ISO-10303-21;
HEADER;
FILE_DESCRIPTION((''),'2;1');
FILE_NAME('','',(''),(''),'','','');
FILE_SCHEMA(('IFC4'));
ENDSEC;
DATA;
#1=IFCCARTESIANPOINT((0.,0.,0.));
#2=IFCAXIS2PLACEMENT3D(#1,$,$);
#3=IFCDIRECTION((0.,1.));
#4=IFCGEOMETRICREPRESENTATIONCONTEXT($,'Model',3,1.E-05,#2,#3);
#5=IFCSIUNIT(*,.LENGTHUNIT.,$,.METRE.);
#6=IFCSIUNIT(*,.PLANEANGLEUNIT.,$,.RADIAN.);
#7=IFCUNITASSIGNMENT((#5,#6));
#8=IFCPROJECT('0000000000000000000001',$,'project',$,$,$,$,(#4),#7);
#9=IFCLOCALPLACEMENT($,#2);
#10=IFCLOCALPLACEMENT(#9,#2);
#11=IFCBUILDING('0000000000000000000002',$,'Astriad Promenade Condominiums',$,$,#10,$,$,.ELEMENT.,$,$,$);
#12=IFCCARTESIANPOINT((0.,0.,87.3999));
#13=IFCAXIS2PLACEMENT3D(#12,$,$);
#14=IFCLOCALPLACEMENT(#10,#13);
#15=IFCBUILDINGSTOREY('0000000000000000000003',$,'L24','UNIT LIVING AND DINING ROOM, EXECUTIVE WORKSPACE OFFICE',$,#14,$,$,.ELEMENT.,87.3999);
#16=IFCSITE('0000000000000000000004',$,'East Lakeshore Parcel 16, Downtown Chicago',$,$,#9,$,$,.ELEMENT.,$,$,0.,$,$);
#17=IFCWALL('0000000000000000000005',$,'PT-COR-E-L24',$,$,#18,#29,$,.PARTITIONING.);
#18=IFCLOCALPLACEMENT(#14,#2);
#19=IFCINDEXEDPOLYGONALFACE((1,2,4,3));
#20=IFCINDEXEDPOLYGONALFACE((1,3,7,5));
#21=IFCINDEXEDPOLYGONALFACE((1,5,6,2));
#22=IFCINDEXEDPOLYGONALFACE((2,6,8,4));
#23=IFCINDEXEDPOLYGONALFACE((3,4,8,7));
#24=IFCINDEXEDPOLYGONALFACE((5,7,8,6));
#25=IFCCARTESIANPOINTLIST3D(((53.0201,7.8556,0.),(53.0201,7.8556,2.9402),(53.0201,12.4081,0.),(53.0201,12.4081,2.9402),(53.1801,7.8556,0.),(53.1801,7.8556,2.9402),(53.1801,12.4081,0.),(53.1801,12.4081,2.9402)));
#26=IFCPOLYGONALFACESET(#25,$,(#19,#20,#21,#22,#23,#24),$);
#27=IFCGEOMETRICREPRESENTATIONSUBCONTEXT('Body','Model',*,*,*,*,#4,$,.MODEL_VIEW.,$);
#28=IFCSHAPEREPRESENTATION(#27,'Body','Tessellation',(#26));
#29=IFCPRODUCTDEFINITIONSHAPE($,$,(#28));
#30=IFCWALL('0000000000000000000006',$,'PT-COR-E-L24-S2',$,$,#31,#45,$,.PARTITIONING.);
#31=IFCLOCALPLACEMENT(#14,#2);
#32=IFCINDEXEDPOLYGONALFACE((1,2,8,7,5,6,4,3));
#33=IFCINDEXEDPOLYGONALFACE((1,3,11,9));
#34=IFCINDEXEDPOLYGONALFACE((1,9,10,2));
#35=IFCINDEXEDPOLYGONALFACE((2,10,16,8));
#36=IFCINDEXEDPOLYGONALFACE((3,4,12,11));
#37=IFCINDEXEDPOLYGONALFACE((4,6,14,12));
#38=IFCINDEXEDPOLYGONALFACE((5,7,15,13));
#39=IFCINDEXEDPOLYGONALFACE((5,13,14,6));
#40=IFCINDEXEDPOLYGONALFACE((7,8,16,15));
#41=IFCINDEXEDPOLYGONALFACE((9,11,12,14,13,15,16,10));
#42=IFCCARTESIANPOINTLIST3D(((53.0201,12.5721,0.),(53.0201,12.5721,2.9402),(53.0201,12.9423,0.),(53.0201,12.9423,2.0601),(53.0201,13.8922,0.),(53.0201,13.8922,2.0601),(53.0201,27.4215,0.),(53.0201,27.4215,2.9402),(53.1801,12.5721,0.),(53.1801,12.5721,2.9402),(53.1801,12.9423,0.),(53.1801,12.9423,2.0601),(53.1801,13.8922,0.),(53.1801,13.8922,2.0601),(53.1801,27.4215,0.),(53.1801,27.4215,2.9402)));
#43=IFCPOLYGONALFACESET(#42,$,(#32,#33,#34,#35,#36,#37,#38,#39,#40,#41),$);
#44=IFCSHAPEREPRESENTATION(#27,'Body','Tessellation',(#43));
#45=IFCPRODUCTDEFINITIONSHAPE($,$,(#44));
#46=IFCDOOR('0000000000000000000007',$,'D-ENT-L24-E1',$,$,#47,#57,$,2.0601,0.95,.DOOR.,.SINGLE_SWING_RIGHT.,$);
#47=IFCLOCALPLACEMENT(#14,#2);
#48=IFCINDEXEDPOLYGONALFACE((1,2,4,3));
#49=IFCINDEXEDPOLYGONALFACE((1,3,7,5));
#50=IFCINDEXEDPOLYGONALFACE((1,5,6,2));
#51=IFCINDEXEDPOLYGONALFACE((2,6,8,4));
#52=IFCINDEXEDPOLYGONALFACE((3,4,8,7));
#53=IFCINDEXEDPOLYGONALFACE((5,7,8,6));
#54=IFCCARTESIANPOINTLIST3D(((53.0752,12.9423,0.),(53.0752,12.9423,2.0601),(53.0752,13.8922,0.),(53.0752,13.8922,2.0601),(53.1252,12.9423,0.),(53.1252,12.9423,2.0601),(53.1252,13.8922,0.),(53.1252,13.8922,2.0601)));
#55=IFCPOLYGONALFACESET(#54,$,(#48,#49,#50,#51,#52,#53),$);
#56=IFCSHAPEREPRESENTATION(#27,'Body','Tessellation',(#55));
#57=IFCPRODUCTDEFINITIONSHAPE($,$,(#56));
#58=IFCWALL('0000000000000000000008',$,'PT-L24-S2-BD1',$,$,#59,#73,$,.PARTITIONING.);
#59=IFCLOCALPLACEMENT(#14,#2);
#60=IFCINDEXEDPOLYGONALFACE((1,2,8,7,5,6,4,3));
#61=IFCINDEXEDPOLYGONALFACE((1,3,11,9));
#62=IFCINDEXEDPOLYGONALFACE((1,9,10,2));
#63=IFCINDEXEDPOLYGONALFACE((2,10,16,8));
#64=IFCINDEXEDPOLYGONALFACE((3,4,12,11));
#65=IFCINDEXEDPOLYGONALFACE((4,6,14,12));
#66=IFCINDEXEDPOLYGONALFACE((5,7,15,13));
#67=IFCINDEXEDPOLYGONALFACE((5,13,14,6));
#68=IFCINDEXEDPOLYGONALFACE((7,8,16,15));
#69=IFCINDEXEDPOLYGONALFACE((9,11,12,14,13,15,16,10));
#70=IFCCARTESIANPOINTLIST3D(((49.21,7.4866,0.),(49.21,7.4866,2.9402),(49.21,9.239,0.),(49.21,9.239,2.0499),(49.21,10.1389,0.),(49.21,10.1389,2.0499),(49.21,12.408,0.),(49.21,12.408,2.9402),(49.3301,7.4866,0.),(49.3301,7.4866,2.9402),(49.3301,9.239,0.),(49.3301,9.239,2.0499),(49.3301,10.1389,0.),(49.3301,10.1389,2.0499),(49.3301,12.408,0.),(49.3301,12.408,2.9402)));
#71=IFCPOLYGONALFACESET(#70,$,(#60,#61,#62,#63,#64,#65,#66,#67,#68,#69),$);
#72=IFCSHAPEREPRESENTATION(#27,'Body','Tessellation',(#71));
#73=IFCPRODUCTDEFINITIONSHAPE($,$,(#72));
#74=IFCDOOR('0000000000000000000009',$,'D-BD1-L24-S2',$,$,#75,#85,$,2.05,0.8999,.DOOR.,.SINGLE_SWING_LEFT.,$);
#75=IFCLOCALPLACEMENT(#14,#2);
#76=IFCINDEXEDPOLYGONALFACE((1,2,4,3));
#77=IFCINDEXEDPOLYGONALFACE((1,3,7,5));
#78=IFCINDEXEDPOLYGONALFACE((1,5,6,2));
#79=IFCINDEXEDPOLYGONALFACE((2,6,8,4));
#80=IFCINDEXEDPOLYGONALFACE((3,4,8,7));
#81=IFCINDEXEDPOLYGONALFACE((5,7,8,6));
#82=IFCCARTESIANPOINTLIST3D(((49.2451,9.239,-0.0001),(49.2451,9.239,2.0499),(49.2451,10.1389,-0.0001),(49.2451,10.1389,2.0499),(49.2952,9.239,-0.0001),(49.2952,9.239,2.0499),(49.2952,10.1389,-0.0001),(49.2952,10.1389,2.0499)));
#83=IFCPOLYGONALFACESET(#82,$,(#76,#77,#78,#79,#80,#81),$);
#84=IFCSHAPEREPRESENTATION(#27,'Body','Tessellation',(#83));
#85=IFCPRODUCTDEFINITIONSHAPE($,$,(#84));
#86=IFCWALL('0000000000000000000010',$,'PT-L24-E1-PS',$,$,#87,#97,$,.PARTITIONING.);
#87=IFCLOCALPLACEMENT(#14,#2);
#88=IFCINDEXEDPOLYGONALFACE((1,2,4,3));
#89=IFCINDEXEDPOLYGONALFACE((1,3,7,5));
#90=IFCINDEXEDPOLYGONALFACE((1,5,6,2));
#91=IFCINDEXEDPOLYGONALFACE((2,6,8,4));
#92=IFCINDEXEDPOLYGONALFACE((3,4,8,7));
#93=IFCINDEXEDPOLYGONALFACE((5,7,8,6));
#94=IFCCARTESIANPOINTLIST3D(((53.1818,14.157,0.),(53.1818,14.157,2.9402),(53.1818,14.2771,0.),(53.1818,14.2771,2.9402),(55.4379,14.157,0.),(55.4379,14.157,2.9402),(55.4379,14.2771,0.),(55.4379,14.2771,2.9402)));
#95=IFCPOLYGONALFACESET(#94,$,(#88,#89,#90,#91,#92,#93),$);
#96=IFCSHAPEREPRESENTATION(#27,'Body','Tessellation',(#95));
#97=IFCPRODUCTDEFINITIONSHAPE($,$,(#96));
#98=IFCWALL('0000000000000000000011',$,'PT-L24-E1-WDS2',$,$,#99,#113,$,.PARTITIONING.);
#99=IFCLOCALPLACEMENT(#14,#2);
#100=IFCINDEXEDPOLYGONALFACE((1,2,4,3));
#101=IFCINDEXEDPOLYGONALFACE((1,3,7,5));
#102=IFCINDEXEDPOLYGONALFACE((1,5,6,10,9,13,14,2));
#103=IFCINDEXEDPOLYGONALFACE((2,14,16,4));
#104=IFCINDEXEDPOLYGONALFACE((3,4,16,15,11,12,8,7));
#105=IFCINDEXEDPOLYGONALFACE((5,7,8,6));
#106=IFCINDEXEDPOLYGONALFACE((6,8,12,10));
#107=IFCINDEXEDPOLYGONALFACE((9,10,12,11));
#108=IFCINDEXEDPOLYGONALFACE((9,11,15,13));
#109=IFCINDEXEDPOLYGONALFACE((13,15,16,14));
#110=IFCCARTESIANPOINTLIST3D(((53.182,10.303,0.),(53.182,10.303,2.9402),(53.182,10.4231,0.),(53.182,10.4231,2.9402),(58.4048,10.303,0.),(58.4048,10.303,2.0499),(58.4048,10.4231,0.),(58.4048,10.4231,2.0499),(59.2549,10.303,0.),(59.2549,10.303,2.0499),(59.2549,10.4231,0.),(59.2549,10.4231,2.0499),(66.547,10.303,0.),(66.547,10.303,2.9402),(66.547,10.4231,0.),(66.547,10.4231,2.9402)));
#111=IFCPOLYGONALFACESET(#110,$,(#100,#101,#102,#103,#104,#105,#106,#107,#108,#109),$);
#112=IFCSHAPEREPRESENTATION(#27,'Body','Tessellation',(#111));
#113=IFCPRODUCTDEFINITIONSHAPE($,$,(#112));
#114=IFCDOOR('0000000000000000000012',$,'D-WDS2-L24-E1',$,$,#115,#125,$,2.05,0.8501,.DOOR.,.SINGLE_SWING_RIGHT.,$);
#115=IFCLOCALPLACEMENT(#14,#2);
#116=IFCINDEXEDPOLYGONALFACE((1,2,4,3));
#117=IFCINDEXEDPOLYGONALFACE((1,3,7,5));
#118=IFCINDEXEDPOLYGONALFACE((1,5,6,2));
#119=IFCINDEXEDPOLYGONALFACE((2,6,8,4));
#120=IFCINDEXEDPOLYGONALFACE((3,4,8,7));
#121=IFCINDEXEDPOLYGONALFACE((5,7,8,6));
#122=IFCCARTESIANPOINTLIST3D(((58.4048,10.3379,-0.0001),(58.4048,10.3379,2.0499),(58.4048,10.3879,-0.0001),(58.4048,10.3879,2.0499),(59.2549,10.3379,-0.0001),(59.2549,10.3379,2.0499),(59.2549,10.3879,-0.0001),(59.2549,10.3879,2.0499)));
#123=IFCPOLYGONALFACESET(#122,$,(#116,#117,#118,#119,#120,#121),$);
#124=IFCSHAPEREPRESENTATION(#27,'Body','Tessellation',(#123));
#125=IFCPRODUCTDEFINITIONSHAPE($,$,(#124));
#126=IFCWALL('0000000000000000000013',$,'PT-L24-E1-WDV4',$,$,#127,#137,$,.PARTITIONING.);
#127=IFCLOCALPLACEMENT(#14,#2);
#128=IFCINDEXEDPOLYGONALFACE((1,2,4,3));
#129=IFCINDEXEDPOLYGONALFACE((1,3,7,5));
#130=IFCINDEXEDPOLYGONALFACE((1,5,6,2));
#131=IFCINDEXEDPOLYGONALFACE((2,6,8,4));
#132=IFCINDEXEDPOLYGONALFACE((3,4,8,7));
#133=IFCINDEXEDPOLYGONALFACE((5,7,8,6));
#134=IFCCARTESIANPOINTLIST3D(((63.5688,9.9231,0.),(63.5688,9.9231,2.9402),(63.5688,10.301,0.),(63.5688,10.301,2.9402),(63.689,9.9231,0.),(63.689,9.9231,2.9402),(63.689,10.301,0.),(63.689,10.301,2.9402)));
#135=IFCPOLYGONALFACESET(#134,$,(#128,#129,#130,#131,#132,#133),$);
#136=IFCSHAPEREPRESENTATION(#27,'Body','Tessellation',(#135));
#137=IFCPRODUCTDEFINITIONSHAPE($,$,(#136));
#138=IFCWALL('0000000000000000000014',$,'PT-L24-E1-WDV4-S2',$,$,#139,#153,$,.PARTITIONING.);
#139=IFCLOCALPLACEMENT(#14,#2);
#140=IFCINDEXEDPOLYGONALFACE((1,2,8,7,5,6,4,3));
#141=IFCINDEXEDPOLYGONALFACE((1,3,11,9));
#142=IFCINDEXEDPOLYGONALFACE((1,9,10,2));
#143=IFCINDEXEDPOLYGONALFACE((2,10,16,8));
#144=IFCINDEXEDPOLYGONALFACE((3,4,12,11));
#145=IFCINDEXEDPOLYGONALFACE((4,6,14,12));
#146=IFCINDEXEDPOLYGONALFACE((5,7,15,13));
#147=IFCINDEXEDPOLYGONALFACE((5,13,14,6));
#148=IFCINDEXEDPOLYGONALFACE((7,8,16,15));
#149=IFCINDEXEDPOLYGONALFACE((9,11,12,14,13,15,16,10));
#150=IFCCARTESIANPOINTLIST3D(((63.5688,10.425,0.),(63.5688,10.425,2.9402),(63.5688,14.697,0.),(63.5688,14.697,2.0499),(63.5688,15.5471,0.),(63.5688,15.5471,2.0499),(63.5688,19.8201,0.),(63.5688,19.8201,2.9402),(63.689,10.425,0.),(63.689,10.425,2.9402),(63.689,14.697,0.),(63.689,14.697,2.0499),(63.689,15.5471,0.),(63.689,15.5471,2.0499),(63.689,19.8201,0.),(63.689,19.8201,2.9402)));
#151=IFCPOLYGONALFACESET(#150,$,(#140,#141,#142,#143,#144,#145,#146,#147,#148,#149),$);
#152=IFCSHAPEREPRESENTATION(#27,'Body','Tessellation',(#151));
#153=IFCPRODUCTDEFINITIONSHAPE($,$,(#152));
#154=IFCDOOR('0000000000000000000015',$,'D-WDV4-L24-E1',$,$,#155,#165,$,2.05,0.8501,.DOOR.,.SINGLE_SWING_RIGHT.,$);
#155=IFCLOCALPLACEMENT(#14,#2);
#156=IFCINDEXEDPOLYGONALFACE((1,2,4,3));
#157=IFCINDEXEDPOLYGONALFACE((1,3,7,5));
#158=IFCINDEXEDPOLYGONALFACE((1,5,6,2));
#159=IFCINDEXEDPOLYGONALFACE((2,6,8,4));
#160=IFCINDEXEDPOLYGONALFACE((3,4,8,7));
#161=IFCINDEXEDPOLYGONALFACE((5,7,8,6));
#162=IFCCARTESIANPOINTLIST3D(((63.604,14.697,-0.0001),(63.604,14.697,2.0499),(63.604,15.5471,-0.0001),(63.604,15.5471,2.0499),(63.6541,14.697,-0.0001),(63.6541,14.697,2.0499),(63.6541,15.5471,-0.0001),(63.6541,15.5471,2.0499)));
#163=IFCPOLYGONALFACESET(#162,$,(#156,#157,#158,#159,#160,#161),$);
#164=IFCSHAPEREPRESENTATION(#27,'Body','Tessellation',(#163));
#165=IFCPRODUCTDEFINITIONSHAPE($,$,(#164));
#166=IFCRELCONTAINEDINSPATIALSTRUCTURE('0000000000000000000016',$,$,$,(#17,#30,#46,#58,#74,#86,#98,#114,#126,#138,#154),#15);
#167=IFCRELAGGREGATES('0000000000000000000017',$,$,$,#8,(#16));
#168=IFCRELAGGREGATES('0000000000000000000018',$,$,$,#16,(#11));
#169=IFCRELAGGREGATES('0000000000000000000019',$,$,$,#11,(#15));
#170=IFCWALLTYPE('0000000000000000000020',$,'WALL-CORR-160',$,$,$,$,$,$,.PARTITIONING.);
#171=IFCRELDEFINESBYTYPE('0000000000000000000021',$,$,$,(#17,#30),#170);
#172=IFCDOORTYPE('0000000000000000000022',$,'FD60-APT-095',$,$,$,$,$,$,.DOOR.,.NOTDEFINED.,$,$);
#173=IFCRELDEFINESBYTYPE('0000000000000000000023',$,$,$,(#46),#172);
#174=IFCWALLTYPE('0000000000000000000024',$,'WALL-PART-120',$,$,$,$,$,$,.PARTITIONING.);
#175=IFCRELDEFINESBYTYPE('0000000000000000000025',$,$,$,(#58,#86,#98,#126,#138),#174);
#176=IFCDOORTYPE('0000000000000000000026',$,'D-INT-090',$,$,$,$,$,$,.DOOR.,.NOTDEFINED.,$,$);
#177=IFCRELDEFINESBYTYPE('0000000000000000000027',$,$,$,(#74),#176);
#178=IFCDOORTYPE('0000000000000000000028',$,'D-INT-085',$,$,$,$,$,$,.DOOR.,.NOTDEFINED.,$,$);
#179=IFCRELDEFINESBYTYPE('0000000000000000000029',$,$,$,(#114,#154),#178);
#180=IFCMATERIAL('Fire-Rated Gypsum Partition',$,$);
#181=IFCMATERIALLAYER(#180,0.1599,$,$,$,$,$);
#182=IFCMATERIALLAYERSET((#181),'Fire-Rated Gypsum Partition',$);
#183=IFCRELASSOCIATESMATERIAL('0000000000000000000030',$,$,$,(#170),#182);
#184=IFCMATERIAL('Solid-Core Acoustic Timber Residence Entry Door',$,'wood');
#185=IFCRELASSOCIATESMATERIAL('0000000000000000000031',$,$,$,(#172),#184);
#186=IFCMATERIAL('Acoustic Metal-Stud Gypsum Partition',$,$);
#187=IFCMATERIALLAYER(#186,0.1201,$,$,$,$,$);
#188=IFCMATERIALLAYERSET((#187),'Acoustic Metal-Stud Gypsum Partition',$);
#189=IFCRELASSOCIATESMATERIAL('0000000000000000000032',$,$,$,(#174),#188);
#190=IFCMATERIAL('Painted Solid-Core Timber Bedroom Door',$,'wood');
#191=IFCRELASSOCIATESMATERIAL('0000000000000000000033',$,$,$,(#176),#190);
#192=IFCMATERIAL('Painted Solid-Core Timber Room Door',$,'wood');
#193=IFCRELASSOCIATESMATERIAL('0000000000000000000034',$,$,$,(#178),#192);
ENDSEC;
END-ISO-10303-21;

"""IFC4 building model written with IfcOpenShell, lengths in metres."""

from ifc_helpers import new_model, si_unit, direction, frame, frame_2d, origin, place, context, subcontext, project, spatial, rectangle, extrude, source, transform, mapped, material, layer, layer_set, type_object, type_shapes, element, fill, save


model = new_model("IFC4")

# Units and contexts
model_context = context("Model", 3, precision=1e-05, world=origin(), true_north=direction((0.0, 1.0)))
body_context = subcontext(model_context, "Body", "Model", "MODEL_VIEW")
ifc_project = project(units=[si_unit("LENGTHUNIT", "METRE"), si_unit("PLANEANGLEUNIT", "RADIAN")], contexts=[model_context])

# Site, building, storey
site_placement = place(None, origin())
site = spatial("IfcSite", under=ifc_project, at=site_placement, Name="East Lakeshore Parcel 16, Downtown Chicago", CompositionType="ELEMENT", RefElevation=0.0)
building_placement = place(site_placement, origin())
building = spatial("IfcBuilding", under=site, at=building_placement, Name="Astriad Promenade Condominiums", CompositionType="ELEMENT")
storey_placement = place(building_placement, frame((0.0, 0.0, 87.3999)))
storey = spatial("IfcBuildingStorey", under=building, at=storey_placement, Name="L24", Description="UNIT LIVING AND DINING ROOM, EXECUTIVE WORKSPACE OFFICE", CompositionType="ELEMENT", Elevation=87.3999)

# Wall
ifc_material_1 = material(Name="Fire-Rated Gypsum Partition")
ifc_layer_1 = layer(ifc_material_1, 0.1599)
ifc_layer_set_1 = layer_set([ifc_layer_1], Name="Fire-Rated Gypsum Partition")
wall_type_1 = type_object("IfcWallType", Name="WALL-CORR-160", PredefinedType="PARTITIONING", material=ifc_layer_set_1)
wall_1_placement = place(storey_placement, frame((53.1001, 7.8555, 0.0), z_axis=(0.0, 0.0, 1.0), x_axis=(0.0, 1.0, 0.0)))
element("IfcWall", 1, at=wall_1_placement, inside=storey, type_object=wall_type_1, Name="PT-COR-E-L24", PredefinedType="PARTITIONING", context=body_context, shape_type="SweptSolid", body=[
    extrude(rectangle(XDim=4.5525, YDim=0.1599, at=frame_2d((2.2764, 0.0))), origin(), (0.0, 0.0, 1.0), 2.9402),
])

# Walls, openings, doors
wall_2_placement = place(storey_placement, frame((53.1001, 12.572, 0.0), z_axis=(0.0, 0.0, 1.0), x_axis=(0.0, 1.0, 0.0)))
wall_2 = element("IfcWall", 2, at=wall_2_placement, inside=storey, type_object=wall_type_1, Name="PT-COR-E-L24-S2", PredefinedType="PARTITIONING", context=body_context, shape_type="SweptSolid", body=[
    extrude(rectangle(XDim=14.8494, YDim=0.1599, at=frame_2d((7.4248, 0.0))), origin(), (0.0, 0.0, 1.0), 2.9402),
])
opening_1_placement = place(wall_2_placement, frame((0.3701, 0.0, 0.0)))
opening_1 = element("IfcOpeningElement", 3, at=opening_1_placement, cuts=wall_2, PredefinedType="OPENING", context=body_context, shape_type="SweptSolid", body=[
    extrude(rectangle(XDim=0.95, YDim=2.0601, at=frame_2d((0.4751, 1.03))), frame((0.0, 0.0898, 0.0), z_axis=(0.0, -1.0, 0.0), x_axis=(1.0, 0.0, 0.0)), (0.0, 0.0, 1.0), 0.1799),
])
ifc_material_2 = material(Name="Solid-Core Acoustic Timber Residence Entry Door", Category="wood")
door_type_1 = type_object("IfcDoorType", Name="FD60-APT-095", OperationType="NOTDEFINED", PredefinedType="DOOR", material=ifc_material_2)
shared_shape_1 = source(origin(), body_context, "Body", "SweptSolid", [
    extrude(rectangle(XDim=0.95, YDim=2.0601, at=frame_2d((0.4751, 1.03))), frame((0.0, 0.0249, 0.0), z_axis=(0.0, -1.0, 0.0), x_axis=(1.0, 0.0, 0.0)), (0.0, 0.0, 1.0), 0.05),
])
type_shapes(door_type_1, [shared_shape_1])
door_1_placement = place(opening_1_placement, origin())
door_1 = element("IfcDoor", 4, at=door_1_placement, inside=storey, type_object=door_type_1, Name="D-ENT-L24-E1", OperationType="SINGLE_SWING_RIGHT", OverallHeight=2.0601, OverallWidth=0.95, PredefinedType="DOOR", context=body_context, shape_type="MappedRepresentation", body=[
    mapped(shared_shape_1, transform((0.0, 0.0, 0.0), scale=1.0)),
])
fill(opening_1, door_1)
ifc_material_3 = material(Name="Acoustic Metal-Stud Gypsum Partition")
ifc_layer_2 = layer(ifc_material_3, 0.1201)
ifc_layer_set_2 = layer_set([ifc_layer_2], Name="Acoustic Metal-Stud Gypsum Partition")
wall_type_2 = type_object("IfcWallType", Name="WALL-PART-120", PredefinedType="PARTITIONING", material=ifc_layer_set_2)
wall_3_placement = place(storey_placement, frame((49.27, 7.4866, 0.0), z_axis=(0.0, 0.0, 1.0), x_axis=(0.0, 1.0, 0.0)))
wall_3 = element("IfcWall", 5, at=wall_3_placement, inside=storey, type_object=wall_type_2, Name="PT-L24-S2-BD1", PredefinedType="PARTITIONING", context=body_context, shape_type="SweptSolid", body=[
    extrude(rectangle(XDim=4.9214, YDim=0.1201, at=frame_2d((2.4607, 0.0))), origin(), (0.0, 0.0, 1.0), 2.9402),
])
opening_2_placement = place(wall_3_placement, frame((1.7524, 0.0, 0.0)))
opening_2 = element("IfcOpeningElement", 6, at=opening_2_placement, cuts=wall_3, PredefinedType="OPENING", context=body_context, shape_type="SweptSolid", body=[
    extrude(rectangle(XDim=0.8999, YDim=2.05, at=frame_2d((0.45, 1.0249))), frame((0.0, 0.0701, 0.0), z_axis=(0.0, -1.0, 0.0), x_axis=(1.0, 0.0, 0.0)), (0.0, 0.0, 1.0), 0.1401),
])
ifc_material_4 = material(Name="Painted Solid-Core Timber Bedroom Door", Category="wood")
door_type_2 = type_object("IfcDoorType", Name="D-INT-090", OperationType="NOTDEFINED", PredefinedType="DOOR", material=ifc_material_4)
shared_shape_2 = source(origin(), body_context, "Body", "SweptSolid", [
    extrude(rectangle(XDim=0.8999, YDim=2.05, at=frame_2d((0.45, 1.0249))), frame((0.0, 0.0249, 0.0), z_axis=(0.0, -1.0, 0.0), x_axis=(1.0, 0.0, 0.0)), (0.0, 0.0, 1.0), 0.05),
])
type_shapes(door_type_2, [shared_shape_2])
door_2_placement = place(opening_2_placement, origin())
door_2 = element("IfcDoor", 7, at=door_2_placement, inside=storey, type_object=door_type_2, Name="D-BD1-L24-S2", OperationType="SINGLE_SWING_LEFT", OverallHeight=2.05, OverallWidth=0.8999, PredefinedType="DOOR", context=body_context, shape_type="MappedRepresentation", body=[
    mapped(shared_shape_2, transform((0.0, 0.0, 0.0), scale=1.0)),
])
fill(opening_2, door_2)

# Wall
wall_4_placement = place(storey_placement, frame((53.1819, 14.217, 0.0), z_axis=(0.0, 0.0, 1.0), x_axis=(1.0, 0.0, 0.0)))
element("IfcWall", 8, at=wall_4_placement, inside=storey, type_object=wall_type_2, Name="PT-L24-E1-PS", PredefinedType="PARTITIONING", context=body_context, shape_type="SweptSolid", body=[
    extrude(rectangle(XDim=2.2561, YDim=0.1201, at=frame_2d((1.1279, 0.0))), origin(), (0.0, 0.0, 1.0), 2.9402),
])

# Wall, opening, door
wall_5_placement = place(storey_placement, frame((53.1819, 10.363, 0.0), z_axis=(0.0, 0.0, 1.0), x_axis=(1.0, 0.0, 0.0)))
wall_5 = element("IfcWall", 9, at=wall_5_placement, inside=storey, type_object=wall_type_2, Name="PT-L24-E1-WDS2", PredefinedType="PARTITIONING", context=body_context, shape_type="SweptSolid", body=[
    extrude(rectangle(XDim=13.365, YDim=0.1201, at=frame_2d((6.6826, 0.0))), origin(), (0.0, 0.0, 1.0), 2.9402),
])
opening_3_placement = place(wall_5_placement, frame((5.2229, 0.0, 0.0)))
opening_3 = element("IfcOpeningElement", 10, at=opening_3_placement, cuts=wall_5, PredefinedType="OPENING", context=body_context, shape_type="SweptSolid", body=[
    extrude(rectangle(XDim=0.8501, YDim=2.05, at=frame_2d((0.425, 1.0249))), frame((0.0, 0.0701, 0.0), z_axis=(0.0, -1.0, 0.0), x_axis=(1.0, 0.0, 0.0)), (0.0, 0.0, 1.0), 0.1401),
])
ifc_material_5 = material(Name="Painted Solid-Core Timber Room Door", Category="wood")
door_type_3 = type_object("IfcDoorType", Name="D-INT-085", OperationType="NOTDEFINED", PredefinedType="DOOR", material=ifc_material_5)
shared_shape_3 = source(origin(), body_context, "Body", "SweptSolid", [
    extrude(rectangle(XDim=0.8501, YDim=2.05, at=frame_2d((0.425, 1.0249))), frame((0.0, 0.0249, 0.0), z_axis=(0.0, -1.0, 0.0), x_axis=(1.0, 0.0, 0.0)), (0.0, 0.0, 1.0), 0.05),
])
type_shapes(door_type_3, [shared_shape_3])
door_3_placement = place(opening_3_placement, origin())
door_3 = element("IfcDoor", 11, at=door_3_placement, inside=storey, type_object=door_type_3, Name="D-WDS2-L24-E1", OperationType="SINGLE_SWING_RIGHT", OverallHeight=2.05, OverallWidth=0.8501, PredefinedType="DOOR", context=body_context, shape_type="MappedRepresentation", body=[
    mapped(shared_shape_3, transform((0.0, 0.0, 0.0), scale=1.0)),
])
fill(opening_3, door_3)

# Wall
wall_6_placement = place(storey_placement, frame((63.6289, 9.9231, 0.0), z_axis=(0.0, 0.0, 1.0), x_axis=(0.0, 1.0, 0.0)))
element("IfcWall", 12, at=wall_6_placement, inside=storey, type_object=wall_type_2, Name="PT-L24-E1-WDV4", PredefinedType="PARTITIONING", context=body_context, shape_type="SweptSolid", body=[
    extrude(rectangle(XDim=0.3779, YDim=0.1201, at=frame_2d((0.189, 0.0))), origin(), (0.0, 0.0, 1.0), 2.9402),
])

# Wall, opening, door
wall_7_placement = place(storey_placement, frame((63.6289, 10.425, 0.0), z_axis=(0.0, 0.0, 1.0), x_axis=(0.0, 1.0, 0.0)))
wall_7 = element("IfcWall", 13, at=wall_7_placement, inside=storey, type_object=wall_type_2, Name="PT-L24-E1-WDV4-S2", PredefinedType="PARTITIONING", context=body_context, shape_type="SweptSolid", body=[
    extrude(rectangle(XDim=9.395, YDim=0.1201, at=frame_2d((4.6975, 0.0))), origin(), (0.0, 0.0, 1.0), 2.9402),
])
opening_4_placement = place(wall_7_placement, frame((4.272, 0.0, 0.0)))
opening_4 = element("IfcOpeningElement", 14, at=opening_4_placement, cuts=wall_7, PredefinedType="OPENING", context=body_context, shape_type="SweptSolid", body=[
    extrude(rectangle(XDim=0.8501, YDim=2.05, at=frame_2d((0.425, 1.0249))), frame((0.0, 0.0701, 0.0), z_axis=(0.0, -1.0, 0.0), x_axis=(1.0, 0.0, 0.0)), (0.0, 0.0, 1.0), 0.1401),
])
door_4_placement = place(opening_4_placement, origin())
door_4 = element("IfcDoor", 15, at=door_4_placement, inside=storey, type_object=door_type_3, Name="D-WDV4-L24-E1", OperationType="SINGLE_SWING_RIGHT", OverallHeight=2.05, OverallWidth=0.8501, PredefinedType="DOOR", context=body_context, shape_type="MappedRepresentation", body=[
    mapped(shared_shape_3, transform((0.0, 0.0, 0.0), scale=1.0)),
])
fill(opening_4, door_4)

save(model, "model.ifc")
